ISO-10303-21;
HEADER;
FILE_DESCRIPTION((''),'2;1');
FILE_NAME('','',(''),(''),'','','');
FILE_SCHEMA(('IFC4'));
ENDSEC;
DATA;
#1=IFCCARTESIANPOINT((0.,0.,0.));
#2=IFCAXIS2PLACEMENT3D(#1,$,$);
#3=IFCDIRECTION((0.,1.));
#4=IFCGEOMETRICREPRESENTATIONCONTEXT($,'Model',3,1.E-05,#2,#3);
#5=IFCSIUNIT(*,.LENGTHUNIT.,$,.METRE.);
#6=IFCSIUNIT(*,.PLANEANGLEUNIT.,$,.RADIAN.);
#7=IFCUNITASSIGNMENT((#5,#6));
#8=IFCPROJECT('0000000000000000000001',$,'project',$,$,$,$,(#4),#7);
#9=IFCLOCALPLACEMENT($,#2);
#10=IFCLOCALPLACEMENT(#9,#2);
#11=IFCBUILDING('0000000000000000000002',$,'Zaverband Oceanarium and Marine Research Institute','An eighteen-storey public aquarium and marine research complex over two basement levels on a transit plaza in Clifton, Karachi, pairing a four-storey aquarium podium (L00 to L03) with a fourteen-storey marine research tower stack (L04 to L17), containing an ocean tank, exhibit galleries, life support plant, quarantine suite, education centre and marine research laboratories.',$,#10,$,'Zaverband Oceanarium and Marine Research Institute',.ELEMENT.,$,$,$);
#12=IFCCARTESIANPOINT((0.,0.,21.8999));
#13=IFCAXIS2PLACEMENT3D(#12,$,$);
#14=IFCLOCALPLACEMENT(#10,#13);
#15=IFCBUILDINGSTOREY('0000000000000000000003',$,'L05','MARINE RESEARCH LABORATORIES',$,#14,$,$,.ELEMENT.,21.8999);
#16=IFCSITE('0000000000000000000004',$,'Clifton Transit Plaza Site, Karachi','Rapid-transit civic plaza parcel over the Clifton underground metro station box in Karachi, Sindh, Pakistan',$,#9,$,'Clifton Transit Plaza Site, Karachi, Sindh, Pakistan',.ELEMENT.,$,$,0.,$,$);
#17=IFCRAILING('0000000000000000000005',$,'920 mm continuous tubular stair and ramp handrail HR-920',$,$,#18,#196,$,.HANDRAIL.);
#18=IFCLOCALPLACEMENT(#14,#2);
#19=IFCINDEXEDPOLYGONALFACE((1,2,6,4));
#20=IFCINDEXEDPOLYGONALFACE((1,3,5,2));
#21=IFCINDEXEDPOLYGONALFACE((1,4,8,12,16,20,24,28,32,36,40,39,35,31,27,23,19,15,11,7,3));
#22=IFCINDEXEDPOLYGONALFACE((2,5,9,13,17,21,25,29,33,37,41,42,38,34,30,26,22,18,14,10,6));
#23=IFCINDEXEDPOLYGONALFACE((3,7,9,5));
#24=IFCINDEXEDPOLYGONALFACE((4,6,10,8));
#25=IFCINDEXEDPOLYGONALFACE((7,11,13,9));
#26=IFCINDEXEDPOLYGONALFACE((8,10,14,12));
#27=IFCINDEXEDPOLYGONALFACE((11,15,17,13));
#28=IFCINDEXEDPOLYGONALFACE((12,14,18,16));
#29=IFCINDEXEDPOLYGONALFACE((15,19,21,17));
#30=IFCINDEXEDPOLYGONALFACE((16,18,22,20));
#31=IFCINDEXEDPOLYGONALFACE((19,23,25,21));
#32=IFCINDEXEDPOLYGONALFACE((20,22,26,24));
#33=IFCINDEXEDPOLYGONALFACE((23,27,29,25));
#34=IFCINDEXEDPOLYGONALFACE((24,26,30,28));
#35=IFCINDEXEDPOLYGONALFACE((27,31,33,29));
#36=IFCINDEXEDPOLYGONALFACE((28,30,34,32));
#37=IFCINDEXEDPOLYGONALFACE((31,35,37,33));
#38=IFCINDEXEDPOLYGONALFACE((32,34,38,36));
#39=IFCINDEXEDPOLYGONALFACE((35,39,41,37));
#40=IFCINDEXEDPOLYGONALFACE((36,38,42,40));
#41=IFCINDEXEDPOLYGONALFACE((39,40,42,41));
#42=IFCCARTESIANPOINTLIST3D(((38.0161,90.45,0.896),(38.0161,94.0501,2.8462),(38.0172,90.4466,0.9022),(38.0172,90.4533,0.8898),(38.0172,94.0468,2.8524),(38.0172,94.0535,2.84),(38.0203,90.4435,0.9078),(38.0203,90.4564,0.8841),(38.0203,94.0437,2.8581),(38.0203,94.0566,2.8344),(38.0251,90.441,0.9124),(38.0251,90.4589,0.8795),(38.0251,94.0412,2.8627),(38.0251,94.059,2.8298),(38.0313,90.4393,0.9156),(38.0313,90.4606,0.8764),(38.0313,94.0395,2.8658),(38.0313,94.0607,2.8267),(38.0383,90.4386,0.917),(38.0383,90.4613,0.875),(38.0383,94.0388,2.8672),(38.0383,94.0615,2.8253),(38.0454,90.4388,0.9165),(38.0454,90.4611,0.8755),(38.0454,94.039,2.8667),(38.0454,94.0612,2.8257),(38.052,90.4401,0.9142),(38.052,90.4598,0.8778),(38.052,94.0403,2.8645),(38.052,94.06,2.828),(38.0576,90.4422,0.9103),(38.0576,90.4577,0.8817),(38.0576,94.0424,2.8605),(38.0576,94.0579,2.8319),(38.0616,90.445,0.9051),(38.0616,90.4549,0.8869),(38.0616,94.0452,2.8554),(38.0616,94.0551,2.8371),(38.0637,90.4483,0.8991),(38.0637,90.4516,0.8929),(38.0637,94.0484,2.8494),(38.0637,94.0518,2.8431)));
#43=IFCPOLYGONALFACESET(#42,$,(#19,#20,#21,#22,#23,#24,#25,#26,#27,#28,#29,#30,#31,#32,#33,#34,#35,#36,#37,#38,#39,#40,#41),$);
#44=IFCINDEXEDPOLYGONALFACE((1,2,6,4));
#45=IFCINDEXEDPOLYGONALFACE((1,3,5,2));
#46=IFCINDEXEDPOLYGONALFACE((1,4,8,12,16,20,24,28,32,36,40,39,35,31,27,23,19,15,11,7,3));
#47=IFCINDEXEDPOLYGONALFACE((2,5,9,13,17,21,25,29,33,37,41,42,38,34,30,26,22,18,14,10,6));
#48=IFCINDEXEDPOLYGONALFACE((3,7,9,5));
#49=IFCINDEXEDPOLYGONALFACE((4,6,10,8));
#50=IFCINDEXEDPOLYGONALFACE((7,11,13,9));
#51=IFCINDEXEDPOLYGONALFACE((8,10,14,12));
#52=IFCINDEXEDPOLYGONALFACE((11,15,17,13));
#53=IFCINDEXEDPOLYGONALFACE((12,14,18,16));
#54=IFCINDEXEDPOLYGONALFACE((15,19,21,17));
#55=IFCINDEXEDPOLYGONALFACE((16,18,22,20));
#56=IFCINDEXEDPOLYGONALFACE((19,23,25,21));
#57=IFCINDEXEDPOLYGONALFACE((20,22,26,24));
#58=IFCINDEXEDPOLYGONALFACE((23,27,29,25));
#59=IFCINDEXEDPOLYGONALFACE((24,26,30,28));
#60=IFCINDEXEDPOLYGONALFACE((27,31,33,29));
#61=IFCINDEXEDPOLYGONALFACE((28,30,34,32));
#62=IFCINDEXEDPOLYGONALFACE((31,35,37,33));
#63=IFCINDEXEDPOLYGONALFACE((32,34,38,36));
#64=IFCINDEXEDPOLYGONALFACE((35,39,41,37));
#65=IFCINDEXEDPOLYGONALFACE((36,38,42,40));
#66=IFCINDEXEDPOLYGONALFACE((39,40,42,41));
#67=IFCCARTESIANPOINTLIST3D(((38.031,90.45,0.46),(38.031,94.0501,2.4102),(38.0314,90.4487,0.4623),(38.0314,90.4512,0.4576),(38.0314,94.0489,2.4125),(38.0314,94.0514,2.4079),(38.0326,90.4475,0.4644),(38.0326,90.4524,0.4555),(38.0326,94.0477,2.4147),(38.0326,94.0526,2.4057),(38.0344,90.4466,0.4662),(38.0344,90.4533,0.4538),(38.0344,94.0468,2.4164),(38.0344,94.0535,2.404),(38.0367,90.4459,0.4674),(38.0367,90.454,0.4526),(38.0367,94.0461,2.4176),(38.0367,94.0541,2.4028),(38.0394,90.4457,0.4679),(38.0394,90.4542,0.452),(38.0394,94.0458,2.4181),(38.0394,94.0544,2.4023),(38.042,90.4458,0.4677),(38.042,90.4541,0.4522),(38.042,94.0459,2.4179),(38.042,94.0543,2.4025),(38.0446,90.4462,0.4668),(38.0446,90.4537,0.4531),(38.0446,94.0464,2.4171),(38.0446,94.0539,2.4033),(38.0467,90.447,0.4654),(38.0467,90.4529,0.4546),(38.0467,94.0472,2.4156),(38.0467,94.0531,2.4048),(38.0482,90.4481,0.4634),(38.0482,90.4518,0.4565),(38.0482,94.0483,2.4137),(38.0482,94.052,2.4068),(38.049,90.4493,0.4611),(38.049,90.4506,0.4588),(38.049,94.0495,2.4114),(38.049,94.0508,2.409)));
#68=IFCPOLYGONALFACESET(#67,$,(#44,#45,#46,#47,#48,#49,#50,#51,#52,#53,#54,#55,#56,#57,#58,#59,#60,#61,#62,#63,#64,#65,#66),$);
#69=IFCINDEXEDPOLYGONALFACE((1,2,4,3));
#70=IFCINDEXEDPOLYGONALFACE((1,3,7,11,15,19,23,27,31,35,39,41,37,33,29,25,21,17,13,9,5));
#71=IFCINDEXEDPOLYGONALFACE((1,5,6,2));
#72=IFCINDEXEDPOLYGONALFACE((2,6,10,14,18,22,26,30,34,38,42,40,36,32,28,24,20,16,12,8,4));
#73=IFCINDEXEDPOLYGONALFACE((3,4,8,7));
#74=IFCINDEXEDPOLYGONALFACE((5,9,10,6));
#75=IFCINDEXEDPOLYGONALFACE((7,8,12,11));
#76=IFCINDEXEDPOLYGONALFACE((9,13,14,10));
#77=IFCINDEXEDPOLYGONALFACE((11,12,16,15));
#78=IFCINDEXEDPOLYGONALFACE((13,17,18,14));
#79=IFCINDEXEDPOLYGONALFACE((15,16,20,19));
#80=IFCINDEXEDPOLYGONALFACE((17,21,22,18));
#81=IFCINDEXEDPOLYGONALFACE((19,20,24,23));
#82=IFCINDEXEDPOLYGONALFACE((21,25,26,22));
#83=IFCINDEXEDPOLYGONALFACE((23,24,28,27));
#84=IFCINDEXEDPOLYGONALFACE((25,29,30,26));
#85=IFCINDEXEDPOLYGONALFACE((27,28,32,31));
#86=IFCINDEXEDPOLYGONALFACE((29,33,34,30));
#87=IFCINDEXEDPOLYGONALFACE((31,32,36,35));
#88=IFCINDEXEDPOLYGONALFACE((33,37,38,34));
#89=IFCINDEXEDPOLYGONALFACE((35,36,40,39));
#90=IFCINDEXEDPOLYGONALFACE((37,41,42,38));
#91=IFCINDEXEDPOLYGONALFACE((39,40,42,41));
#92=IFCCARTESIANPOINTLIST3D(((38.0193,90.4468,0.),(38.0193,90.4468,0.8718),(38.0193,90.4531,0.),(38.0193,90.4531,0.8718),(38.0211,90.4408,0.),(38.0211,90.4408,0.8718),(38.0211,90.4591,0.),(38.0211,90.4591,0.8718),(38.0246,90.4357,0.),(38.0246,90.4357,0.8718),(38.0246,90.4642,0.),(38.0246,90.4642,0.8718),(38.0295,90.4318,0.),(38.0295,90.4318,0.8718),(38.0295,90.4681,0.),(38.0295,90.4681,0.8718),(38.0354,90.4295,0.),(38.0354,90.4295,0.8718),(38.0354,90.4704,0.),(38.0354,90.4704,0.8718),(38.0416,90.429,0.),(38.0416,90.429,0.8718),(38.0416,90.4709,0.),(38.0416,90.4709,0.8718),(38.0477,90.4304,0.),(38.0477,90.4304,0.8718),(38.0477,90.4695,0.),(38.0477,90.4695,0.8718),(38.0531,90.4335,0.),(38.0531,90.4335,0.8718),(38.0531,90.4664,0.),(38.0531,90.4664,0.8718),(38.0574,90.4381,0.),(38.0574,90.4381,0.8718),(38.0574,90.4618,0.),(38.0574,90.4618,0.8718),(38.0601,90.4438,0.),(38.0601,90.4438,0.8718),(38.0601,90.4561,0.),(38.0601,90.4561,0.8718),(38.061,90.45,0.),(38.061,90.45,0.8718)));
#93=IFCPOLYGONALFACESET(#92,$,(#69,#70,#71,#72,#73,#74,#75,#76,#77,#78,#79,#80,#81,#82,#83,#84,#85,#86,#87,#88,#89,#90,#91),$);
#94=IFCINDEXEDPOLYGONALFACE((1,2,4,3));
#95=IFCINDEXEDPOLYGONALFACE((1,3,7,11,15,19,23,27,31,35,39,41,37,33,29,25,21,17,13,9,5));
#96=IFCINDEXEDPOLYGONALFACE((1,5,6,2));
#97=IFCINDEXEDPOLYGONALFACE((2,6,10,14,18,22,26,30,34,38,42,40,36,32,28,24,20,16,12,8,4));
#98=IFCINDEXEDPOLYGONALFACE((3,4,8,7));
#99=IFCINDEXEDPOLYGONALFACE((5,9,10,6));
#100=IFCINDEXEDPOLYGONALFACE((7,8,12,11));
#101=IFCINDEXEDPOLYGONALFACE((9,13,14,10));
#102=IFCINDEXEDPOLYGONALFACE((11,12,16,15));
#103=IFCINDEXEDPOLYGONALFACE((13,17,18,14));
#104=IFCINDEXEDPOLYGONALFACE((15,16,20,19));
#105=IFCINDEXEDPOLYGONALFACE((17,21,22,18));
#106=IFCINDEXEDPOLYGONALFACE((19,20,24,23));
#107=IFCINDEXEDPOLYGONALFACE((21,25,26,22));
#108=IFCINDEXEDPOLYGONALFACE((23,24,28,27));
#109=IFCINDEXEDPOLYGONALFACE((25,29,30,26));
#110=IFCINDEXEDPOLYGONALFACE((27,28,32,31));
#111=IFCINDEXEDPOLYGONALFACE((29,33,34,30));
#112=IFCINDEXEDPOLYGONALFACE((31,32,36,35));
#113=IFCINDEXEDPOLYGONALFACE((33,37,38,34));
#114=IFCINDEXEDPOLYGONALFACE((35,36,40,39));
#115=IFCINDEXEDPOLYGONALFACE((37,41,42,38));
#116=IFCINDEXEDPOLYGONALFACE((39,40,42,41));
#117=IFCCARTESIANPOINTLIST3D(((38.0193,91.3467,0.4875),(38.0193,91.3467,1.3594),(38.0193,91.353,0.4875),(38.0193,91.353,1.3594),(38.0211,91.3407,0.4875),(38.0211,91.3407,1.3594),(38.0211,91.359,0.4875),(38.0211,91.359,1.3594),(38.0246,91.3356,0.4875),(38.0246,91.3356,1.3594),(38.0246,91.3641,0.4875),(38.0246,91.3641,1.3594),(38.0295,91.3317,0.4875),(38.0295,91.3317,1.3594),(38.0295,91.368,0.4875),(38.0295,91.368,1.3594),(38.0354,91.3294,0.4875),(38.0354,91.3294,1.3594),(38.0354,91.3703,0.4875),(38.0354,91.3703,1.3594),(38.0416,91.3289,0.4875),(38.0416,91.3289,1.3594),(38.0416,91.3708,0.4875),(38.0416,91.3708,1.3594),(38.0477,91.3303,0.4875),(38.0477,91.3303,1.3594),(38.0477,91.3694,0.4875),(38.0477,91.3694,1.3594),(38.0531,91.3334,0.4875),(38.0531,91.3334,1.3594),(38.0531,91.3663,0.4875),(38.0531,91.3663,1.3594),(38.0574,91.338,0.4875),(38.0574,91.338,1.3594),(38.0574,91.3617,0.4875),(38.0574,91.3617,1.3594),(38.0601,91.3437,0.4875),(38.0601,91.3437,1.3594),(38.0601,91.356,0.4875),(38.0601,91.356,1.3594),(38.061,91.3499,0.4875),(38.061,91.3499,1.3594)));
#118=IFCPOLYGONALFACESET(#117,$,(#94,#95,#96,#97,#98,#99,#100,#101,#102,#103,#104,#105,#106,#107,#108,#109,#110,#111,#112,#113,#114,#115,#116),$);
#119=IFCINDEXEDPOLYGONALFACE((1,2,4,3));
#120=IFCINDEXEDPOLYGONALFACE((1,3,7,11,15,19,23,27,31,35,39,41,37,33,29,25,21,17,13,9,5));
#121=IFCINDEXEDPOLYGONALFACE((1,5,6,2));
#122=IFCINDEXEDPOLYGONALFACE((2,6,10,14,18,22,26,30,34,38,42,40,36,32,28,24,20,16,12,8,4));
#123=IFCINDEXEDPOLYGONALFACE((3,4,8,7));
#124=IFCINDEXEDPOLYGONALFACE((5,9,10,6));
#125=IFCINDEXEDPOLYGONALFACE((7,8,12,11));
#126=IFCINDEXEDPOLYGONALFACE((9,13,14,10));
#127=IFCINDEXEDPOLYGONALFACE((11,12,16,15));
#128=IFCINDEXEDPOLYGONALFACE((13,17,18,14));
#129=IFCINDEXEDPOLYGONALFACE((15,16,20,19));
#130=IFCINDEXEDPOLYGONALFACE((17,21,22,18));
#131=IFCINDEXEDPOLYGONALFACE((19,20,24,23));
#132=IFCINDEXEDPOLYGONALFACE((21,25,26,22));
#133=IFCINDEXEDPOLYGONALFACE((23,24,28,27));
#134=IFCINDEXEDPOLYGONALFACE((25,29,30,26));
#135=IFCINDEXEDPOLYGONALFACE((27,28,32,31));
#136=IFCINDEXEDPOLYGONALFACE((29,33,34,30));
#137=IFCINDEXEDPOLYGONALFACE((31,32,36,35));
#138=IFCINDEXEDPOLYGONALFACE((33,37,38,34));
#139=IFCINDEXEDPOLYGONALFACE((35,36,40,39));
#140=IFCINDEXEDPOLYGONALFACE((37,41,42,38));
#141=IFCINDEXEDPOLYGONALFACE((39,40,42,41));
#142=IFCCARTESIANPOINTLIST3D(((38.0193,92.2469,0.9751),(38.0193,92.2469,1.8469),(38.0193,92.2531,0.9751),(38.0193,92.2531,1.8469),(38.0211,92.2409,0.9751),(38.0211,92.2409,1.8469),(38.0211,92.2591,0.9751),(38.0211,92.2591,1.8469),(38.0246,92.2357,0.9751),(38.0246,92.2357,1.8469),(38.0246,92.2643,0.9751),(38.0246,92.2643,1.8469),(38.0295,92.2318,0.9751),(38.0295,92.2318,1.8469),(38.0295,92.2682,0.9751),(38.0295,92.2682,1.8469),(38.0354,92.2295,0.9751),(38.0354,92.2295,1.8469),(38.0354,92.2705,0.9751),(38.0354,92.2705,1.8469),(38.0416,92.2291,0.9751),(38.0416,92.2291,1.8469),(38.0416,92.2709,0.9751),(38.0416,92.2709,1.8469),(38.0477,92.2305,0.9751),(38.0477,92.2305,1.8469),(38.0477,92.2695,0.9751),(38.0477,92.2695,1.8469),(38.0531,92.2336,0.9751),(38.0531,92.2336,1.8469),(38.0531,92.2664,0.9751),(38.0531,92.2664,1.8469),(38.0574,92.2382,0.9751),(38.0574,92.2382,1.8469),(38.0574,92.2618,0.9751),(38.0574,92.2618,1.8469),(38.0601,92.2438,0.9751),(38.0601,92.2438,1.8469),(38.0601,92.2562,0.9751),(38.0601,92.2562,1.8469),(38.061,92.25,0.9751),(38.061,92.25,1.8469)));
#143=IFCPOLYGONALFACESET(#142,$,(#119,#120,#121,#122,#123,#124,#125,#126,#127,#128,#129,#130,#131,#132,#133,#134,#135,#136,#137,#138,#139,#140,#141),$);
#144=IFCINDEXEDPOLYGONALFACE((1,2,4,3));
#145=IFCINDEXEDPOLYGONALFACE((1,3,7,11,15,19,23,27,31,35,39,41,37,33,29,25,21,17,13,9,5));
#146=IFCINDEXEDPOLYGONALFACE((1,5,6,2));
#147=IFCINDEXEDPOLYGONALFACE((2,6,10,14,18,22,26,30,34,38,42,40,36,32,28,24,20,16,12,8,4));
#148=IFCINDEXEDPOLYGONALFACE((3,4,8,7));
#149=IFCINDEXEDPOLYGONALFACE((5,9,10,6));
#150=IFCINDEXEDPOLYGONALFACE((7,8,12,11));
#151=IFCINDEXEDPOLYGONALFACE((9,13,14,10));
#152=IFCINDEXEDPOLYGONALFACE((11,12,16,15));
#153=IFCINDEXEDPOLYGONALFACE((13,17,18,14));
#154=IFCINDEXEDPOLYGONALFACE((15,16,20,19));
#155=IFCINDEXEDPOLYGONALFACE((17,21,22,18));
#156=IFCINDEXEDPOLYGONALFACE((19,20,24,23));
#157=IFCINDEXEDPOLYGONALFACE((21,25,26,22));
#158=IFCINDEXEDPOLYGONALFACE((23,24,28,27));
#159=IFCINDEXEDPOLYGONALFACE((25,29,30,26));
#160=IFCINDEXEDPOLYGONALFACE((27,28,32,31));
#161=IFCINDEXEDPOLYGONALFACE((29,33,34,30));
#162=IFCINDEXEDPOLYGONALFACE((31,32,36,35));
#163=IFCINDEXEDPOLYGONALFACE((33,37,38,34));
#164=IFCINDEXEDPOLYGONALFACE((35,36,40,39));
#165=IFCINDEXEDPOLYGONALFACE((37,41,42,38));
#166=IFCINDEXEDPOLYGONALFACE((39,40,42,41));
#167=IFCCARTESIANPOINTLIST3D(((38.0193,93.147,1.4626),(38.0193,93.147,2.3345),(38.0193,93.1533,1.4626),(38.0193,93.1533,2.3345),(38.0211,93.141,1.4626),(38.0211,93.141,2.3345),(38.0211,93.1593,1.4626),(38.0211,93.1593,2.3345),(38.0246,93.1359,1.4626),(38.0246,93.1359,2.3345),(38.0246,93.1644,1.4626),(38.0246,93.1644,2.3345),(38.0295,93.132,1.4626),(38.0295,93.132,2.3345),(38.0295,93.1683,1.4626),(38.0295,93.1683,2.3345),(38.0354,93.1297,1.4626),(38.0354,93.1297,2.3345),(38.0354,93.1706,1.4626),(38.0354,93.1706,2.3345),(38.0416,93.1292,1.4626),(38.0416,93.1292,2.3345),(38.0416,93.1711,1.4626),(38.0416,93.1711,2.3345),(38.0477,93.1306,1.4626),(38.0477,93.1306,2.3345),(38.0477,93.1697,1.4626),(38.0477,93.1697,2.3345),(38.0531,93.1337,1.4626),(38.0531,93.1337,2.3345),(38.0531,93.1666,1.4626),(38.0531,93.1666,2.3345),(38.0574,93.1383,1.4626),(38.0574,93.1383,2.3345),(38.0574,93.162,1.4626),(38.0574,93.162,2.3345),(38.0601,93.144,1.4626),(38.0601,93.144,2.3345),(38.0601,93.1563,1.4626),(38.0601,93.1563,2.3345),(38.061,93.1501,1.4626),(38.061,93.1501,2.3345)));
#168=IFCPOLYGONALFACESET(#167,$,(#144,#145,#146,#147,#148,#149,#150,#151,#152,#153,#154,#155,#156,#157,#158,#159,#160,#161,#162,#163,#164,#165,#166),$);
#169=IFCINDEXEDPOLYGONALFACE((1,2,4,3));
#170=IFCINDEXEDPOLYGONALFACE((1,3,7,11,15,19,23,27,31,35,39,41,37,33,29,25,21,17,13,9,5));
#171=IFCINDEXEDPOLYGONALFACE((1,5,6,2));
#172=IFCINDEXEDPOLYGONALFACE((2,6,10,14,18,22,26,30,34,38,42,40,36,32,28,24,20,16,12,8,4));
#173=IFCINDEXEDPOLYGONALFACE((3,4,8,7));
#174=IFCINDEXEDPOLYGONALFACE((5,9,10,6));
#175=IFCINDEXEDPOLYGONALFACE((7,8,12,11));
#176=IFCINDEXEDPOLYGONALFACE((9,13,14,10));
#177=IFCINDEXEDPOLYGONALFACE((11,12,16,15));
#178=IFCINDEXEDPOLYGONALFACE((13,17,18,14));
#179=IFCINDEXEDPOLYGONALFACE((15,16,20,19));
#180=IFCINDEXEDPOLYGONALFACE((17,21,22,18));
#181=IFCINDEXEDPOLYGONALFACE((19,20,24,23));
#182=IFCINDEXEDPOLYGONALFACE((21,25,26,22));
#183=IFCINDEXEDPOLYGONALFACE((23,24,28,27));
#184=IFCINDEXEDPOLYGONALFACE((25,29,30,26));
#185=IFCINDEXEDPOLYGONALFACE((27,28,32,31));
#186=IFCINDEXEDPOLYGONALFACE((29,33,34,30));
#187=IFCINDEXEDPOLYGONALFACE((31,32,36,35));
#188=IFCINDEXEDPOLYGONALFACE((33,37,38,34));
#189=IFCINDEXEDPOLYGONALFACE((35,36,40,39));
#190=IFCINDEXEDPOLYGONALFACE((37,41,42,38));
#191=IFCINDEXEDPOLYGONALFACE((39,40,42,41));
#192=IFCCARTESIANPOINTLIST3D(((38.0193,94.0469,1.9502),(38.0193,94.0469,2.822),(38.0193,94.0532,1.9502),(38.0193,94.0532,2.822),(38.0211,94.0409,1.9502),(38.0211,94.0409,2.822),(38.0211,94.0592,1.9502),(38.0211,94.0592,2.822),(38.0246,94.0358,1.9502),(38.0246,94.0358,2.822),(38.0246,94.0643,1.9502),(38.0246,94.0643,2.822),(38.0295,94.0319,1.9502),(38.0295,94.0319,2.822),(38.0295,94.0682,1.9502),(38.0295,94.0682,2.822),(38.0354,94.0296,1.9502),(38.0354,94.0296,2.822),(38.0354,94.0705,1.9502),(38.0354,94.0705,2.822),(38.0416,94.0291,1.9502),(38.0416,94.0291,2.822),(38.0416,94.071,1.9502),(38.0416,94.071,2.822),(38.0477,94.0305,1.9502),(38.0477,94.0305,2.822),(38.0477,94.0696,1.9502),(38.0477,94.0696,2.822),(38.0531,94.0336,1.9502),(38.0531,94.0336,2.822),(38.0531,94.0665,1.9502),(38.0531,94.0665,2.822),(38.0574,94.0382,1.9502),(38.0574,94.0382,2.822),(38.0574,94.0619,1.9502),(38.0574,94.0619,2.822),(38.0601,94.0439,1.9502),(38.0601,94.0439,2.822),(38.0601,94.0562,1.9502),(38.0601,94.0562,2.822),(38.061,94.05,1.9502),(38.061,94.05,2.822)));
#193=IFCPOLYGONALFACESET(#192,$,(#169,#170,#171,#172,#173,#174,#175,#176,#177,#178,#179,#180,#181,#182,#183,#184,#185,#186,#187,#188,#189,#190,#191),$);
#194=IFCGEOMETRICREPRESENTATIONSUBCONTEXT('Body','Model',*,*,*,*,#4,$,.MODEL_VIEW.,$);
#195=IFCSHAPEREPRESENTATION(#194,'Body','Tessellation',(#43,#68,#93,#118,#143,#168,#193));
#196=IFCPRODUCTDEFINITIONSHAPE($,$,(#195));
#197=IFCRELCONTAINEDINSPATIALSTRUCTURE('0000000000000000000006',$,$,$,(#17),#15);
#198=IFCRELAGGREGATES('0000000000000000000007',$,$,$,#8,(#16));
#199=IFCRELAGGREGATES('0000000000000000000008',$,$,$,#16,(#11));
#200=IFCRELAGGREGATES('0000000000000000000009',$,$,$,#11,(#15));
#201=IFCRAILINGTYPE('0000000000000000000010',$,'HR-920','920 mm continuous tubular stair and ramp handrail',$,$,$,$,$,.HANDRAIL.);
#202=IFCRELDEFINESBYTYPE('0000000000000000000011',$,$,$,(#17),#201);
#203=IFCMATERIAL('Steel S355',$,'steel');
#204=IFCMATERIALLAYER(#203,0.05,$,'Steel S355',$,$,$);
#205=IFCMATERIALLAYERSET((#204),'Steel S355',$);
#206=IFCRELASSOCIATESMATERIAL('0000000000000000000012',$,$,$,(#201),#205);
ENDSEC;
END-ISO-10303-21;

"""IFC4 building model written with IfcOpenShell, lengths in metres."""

from ifc_helpers import new_model, si_unit, direction, frame, origin, origin_2d, place, context, subcontext, project, spatial, circle, extrude, material, layer, layer_set, type_object, element, save


model = new_model("IFC4")

# Units and contexts
model_context = context("Model", 3, precision=1e-05, world=origin(), true_north=direction((0.0, 1.0)))
body_context = subcontext(model_context, "Body", "Model", "MODEL_VIEW")
ifc_project = project(units=[si_unit("LENGTHUNIT", "METRE"), si_unit("PLANEANGLEUNIT", "RADIAN")], contexts=[model_context])

# Site, building, storey
site_placement = place(None, origin())
site = spatial("IfcSite", under=ifc_project, at=site_placement, Name="Clifton Transit Plaza Site, Karachi", Description="Rapid-transit civic plaza parcel over the Clifton underground metro station box in Karachi, Sindh, Pakistan", LongName="Clifton Transit Plaza Site, Karachi, Sindh, Pakistan", CompositionType="ELEMENT", RefElevation=0.0)
building_placement = place(site_placement, origin())
building = spatial("IfcBuilding", under=site, at=building_placement, Name="Zaverband Oceanarium and Marine Research Institute", Description="An eighteen-storey public aquarium and marine research complex over two basement levels on a transit plaza in Clifton, Karachi, pairing a four-storey aquarium podium (L00 to L03) with a fourteen-storey marine research tower stack (L04 to L17), containing an ocean tank, exhibit galleries, life support plant, quarantine suite, education centre and marine research laboratories.", LongName="Zaverband Oceanarium and Marine Research Institute", CompositionType="ELEMENT")
storey_placement = place(building_placement, frame((0.0, 0.0, 21.8999)))
storey = spatial("IfcBuildingStorey", under=building, at=storey_placement, Name="L05", Description="MARINE RESEARCH LABORATORIES", CompositionType="ELEMENT", Elevation=21.8999)

# Shared definitions
ifc_material_1 = material(Name="Steel S355", Category="steel")

# Railing
ifc_layer_1 = layer(ifc_material_1, 0.05, Name="Steel S355")
ifc_layer_set_1 = layer_set([ifc_layer_1], Name="Steel S355")
railing_type_1 = type_object("IfcRailingType", Name="HR-920", Description="920 mm continuous tubular stair and ramp handrail", PredefinedType="HANDRAIL", material=ifc_layer_set_1)
railing_1_placement = place(storey_placement, frame((38.04, 90.45, 0.0)))
element("IfcRailing", 1, at=railing_1_placement, inside=storey, type_object=railing_type_1, Name="920 mm continuous tubular stair and ramp handrail HR-920", PredefinedType="HANDRAIL", context=body_context, shape_type="SweptSolid", body=[
    extrude(circle(Radius=0.0239, at=origin_2d()), frame((0.0, 0.0, 0.896), z_axis=(0.0, 0.879277, 0.47631), x_axis=(-1.0, 0.0, 0.0)), (0.0, 0.0, 1.0), 4.0945),
    extrude(circle(Radius=0.009, at=origin_2d()), frame((0.0, 0.0, 0.46), z_axis=(0.0, 0.879277, 0.47631), x_axis=(-1.0, 0.0, 0.0)), (0.0, 0.0, 1.0), 4.0945),
    extrude(circle(Radius=0.021, at=origin_2d()), origin(), (0.0, 0.0, 1.0), 0.8718),
    extrude(circle(Radius=0.021, at=origin_2d()), frame((0.0, 0.8999, 0.4875)), (0.0, 0.0, 1.0), 0.8718),
    extrude(circle(Radius=0.021, at=origin_2d()), frame((0.0, 1.8, 0.9751)), (0.0, 0.0, 1.0), 0.8718),
    extrude(circle(Radius=0.021, at=origin_2d()), frame((0.0, 2.7002, 1.4626)), (0.0, 0.0, 1.0), 0.8718),
    extrude(circle(Radius=0.021, at=origin_2d()), frame((0.0, 3.6001, 1.9502)), (0.0, 0.0, 1.0), 0.8718),
])

save(model, "model.ifc")
